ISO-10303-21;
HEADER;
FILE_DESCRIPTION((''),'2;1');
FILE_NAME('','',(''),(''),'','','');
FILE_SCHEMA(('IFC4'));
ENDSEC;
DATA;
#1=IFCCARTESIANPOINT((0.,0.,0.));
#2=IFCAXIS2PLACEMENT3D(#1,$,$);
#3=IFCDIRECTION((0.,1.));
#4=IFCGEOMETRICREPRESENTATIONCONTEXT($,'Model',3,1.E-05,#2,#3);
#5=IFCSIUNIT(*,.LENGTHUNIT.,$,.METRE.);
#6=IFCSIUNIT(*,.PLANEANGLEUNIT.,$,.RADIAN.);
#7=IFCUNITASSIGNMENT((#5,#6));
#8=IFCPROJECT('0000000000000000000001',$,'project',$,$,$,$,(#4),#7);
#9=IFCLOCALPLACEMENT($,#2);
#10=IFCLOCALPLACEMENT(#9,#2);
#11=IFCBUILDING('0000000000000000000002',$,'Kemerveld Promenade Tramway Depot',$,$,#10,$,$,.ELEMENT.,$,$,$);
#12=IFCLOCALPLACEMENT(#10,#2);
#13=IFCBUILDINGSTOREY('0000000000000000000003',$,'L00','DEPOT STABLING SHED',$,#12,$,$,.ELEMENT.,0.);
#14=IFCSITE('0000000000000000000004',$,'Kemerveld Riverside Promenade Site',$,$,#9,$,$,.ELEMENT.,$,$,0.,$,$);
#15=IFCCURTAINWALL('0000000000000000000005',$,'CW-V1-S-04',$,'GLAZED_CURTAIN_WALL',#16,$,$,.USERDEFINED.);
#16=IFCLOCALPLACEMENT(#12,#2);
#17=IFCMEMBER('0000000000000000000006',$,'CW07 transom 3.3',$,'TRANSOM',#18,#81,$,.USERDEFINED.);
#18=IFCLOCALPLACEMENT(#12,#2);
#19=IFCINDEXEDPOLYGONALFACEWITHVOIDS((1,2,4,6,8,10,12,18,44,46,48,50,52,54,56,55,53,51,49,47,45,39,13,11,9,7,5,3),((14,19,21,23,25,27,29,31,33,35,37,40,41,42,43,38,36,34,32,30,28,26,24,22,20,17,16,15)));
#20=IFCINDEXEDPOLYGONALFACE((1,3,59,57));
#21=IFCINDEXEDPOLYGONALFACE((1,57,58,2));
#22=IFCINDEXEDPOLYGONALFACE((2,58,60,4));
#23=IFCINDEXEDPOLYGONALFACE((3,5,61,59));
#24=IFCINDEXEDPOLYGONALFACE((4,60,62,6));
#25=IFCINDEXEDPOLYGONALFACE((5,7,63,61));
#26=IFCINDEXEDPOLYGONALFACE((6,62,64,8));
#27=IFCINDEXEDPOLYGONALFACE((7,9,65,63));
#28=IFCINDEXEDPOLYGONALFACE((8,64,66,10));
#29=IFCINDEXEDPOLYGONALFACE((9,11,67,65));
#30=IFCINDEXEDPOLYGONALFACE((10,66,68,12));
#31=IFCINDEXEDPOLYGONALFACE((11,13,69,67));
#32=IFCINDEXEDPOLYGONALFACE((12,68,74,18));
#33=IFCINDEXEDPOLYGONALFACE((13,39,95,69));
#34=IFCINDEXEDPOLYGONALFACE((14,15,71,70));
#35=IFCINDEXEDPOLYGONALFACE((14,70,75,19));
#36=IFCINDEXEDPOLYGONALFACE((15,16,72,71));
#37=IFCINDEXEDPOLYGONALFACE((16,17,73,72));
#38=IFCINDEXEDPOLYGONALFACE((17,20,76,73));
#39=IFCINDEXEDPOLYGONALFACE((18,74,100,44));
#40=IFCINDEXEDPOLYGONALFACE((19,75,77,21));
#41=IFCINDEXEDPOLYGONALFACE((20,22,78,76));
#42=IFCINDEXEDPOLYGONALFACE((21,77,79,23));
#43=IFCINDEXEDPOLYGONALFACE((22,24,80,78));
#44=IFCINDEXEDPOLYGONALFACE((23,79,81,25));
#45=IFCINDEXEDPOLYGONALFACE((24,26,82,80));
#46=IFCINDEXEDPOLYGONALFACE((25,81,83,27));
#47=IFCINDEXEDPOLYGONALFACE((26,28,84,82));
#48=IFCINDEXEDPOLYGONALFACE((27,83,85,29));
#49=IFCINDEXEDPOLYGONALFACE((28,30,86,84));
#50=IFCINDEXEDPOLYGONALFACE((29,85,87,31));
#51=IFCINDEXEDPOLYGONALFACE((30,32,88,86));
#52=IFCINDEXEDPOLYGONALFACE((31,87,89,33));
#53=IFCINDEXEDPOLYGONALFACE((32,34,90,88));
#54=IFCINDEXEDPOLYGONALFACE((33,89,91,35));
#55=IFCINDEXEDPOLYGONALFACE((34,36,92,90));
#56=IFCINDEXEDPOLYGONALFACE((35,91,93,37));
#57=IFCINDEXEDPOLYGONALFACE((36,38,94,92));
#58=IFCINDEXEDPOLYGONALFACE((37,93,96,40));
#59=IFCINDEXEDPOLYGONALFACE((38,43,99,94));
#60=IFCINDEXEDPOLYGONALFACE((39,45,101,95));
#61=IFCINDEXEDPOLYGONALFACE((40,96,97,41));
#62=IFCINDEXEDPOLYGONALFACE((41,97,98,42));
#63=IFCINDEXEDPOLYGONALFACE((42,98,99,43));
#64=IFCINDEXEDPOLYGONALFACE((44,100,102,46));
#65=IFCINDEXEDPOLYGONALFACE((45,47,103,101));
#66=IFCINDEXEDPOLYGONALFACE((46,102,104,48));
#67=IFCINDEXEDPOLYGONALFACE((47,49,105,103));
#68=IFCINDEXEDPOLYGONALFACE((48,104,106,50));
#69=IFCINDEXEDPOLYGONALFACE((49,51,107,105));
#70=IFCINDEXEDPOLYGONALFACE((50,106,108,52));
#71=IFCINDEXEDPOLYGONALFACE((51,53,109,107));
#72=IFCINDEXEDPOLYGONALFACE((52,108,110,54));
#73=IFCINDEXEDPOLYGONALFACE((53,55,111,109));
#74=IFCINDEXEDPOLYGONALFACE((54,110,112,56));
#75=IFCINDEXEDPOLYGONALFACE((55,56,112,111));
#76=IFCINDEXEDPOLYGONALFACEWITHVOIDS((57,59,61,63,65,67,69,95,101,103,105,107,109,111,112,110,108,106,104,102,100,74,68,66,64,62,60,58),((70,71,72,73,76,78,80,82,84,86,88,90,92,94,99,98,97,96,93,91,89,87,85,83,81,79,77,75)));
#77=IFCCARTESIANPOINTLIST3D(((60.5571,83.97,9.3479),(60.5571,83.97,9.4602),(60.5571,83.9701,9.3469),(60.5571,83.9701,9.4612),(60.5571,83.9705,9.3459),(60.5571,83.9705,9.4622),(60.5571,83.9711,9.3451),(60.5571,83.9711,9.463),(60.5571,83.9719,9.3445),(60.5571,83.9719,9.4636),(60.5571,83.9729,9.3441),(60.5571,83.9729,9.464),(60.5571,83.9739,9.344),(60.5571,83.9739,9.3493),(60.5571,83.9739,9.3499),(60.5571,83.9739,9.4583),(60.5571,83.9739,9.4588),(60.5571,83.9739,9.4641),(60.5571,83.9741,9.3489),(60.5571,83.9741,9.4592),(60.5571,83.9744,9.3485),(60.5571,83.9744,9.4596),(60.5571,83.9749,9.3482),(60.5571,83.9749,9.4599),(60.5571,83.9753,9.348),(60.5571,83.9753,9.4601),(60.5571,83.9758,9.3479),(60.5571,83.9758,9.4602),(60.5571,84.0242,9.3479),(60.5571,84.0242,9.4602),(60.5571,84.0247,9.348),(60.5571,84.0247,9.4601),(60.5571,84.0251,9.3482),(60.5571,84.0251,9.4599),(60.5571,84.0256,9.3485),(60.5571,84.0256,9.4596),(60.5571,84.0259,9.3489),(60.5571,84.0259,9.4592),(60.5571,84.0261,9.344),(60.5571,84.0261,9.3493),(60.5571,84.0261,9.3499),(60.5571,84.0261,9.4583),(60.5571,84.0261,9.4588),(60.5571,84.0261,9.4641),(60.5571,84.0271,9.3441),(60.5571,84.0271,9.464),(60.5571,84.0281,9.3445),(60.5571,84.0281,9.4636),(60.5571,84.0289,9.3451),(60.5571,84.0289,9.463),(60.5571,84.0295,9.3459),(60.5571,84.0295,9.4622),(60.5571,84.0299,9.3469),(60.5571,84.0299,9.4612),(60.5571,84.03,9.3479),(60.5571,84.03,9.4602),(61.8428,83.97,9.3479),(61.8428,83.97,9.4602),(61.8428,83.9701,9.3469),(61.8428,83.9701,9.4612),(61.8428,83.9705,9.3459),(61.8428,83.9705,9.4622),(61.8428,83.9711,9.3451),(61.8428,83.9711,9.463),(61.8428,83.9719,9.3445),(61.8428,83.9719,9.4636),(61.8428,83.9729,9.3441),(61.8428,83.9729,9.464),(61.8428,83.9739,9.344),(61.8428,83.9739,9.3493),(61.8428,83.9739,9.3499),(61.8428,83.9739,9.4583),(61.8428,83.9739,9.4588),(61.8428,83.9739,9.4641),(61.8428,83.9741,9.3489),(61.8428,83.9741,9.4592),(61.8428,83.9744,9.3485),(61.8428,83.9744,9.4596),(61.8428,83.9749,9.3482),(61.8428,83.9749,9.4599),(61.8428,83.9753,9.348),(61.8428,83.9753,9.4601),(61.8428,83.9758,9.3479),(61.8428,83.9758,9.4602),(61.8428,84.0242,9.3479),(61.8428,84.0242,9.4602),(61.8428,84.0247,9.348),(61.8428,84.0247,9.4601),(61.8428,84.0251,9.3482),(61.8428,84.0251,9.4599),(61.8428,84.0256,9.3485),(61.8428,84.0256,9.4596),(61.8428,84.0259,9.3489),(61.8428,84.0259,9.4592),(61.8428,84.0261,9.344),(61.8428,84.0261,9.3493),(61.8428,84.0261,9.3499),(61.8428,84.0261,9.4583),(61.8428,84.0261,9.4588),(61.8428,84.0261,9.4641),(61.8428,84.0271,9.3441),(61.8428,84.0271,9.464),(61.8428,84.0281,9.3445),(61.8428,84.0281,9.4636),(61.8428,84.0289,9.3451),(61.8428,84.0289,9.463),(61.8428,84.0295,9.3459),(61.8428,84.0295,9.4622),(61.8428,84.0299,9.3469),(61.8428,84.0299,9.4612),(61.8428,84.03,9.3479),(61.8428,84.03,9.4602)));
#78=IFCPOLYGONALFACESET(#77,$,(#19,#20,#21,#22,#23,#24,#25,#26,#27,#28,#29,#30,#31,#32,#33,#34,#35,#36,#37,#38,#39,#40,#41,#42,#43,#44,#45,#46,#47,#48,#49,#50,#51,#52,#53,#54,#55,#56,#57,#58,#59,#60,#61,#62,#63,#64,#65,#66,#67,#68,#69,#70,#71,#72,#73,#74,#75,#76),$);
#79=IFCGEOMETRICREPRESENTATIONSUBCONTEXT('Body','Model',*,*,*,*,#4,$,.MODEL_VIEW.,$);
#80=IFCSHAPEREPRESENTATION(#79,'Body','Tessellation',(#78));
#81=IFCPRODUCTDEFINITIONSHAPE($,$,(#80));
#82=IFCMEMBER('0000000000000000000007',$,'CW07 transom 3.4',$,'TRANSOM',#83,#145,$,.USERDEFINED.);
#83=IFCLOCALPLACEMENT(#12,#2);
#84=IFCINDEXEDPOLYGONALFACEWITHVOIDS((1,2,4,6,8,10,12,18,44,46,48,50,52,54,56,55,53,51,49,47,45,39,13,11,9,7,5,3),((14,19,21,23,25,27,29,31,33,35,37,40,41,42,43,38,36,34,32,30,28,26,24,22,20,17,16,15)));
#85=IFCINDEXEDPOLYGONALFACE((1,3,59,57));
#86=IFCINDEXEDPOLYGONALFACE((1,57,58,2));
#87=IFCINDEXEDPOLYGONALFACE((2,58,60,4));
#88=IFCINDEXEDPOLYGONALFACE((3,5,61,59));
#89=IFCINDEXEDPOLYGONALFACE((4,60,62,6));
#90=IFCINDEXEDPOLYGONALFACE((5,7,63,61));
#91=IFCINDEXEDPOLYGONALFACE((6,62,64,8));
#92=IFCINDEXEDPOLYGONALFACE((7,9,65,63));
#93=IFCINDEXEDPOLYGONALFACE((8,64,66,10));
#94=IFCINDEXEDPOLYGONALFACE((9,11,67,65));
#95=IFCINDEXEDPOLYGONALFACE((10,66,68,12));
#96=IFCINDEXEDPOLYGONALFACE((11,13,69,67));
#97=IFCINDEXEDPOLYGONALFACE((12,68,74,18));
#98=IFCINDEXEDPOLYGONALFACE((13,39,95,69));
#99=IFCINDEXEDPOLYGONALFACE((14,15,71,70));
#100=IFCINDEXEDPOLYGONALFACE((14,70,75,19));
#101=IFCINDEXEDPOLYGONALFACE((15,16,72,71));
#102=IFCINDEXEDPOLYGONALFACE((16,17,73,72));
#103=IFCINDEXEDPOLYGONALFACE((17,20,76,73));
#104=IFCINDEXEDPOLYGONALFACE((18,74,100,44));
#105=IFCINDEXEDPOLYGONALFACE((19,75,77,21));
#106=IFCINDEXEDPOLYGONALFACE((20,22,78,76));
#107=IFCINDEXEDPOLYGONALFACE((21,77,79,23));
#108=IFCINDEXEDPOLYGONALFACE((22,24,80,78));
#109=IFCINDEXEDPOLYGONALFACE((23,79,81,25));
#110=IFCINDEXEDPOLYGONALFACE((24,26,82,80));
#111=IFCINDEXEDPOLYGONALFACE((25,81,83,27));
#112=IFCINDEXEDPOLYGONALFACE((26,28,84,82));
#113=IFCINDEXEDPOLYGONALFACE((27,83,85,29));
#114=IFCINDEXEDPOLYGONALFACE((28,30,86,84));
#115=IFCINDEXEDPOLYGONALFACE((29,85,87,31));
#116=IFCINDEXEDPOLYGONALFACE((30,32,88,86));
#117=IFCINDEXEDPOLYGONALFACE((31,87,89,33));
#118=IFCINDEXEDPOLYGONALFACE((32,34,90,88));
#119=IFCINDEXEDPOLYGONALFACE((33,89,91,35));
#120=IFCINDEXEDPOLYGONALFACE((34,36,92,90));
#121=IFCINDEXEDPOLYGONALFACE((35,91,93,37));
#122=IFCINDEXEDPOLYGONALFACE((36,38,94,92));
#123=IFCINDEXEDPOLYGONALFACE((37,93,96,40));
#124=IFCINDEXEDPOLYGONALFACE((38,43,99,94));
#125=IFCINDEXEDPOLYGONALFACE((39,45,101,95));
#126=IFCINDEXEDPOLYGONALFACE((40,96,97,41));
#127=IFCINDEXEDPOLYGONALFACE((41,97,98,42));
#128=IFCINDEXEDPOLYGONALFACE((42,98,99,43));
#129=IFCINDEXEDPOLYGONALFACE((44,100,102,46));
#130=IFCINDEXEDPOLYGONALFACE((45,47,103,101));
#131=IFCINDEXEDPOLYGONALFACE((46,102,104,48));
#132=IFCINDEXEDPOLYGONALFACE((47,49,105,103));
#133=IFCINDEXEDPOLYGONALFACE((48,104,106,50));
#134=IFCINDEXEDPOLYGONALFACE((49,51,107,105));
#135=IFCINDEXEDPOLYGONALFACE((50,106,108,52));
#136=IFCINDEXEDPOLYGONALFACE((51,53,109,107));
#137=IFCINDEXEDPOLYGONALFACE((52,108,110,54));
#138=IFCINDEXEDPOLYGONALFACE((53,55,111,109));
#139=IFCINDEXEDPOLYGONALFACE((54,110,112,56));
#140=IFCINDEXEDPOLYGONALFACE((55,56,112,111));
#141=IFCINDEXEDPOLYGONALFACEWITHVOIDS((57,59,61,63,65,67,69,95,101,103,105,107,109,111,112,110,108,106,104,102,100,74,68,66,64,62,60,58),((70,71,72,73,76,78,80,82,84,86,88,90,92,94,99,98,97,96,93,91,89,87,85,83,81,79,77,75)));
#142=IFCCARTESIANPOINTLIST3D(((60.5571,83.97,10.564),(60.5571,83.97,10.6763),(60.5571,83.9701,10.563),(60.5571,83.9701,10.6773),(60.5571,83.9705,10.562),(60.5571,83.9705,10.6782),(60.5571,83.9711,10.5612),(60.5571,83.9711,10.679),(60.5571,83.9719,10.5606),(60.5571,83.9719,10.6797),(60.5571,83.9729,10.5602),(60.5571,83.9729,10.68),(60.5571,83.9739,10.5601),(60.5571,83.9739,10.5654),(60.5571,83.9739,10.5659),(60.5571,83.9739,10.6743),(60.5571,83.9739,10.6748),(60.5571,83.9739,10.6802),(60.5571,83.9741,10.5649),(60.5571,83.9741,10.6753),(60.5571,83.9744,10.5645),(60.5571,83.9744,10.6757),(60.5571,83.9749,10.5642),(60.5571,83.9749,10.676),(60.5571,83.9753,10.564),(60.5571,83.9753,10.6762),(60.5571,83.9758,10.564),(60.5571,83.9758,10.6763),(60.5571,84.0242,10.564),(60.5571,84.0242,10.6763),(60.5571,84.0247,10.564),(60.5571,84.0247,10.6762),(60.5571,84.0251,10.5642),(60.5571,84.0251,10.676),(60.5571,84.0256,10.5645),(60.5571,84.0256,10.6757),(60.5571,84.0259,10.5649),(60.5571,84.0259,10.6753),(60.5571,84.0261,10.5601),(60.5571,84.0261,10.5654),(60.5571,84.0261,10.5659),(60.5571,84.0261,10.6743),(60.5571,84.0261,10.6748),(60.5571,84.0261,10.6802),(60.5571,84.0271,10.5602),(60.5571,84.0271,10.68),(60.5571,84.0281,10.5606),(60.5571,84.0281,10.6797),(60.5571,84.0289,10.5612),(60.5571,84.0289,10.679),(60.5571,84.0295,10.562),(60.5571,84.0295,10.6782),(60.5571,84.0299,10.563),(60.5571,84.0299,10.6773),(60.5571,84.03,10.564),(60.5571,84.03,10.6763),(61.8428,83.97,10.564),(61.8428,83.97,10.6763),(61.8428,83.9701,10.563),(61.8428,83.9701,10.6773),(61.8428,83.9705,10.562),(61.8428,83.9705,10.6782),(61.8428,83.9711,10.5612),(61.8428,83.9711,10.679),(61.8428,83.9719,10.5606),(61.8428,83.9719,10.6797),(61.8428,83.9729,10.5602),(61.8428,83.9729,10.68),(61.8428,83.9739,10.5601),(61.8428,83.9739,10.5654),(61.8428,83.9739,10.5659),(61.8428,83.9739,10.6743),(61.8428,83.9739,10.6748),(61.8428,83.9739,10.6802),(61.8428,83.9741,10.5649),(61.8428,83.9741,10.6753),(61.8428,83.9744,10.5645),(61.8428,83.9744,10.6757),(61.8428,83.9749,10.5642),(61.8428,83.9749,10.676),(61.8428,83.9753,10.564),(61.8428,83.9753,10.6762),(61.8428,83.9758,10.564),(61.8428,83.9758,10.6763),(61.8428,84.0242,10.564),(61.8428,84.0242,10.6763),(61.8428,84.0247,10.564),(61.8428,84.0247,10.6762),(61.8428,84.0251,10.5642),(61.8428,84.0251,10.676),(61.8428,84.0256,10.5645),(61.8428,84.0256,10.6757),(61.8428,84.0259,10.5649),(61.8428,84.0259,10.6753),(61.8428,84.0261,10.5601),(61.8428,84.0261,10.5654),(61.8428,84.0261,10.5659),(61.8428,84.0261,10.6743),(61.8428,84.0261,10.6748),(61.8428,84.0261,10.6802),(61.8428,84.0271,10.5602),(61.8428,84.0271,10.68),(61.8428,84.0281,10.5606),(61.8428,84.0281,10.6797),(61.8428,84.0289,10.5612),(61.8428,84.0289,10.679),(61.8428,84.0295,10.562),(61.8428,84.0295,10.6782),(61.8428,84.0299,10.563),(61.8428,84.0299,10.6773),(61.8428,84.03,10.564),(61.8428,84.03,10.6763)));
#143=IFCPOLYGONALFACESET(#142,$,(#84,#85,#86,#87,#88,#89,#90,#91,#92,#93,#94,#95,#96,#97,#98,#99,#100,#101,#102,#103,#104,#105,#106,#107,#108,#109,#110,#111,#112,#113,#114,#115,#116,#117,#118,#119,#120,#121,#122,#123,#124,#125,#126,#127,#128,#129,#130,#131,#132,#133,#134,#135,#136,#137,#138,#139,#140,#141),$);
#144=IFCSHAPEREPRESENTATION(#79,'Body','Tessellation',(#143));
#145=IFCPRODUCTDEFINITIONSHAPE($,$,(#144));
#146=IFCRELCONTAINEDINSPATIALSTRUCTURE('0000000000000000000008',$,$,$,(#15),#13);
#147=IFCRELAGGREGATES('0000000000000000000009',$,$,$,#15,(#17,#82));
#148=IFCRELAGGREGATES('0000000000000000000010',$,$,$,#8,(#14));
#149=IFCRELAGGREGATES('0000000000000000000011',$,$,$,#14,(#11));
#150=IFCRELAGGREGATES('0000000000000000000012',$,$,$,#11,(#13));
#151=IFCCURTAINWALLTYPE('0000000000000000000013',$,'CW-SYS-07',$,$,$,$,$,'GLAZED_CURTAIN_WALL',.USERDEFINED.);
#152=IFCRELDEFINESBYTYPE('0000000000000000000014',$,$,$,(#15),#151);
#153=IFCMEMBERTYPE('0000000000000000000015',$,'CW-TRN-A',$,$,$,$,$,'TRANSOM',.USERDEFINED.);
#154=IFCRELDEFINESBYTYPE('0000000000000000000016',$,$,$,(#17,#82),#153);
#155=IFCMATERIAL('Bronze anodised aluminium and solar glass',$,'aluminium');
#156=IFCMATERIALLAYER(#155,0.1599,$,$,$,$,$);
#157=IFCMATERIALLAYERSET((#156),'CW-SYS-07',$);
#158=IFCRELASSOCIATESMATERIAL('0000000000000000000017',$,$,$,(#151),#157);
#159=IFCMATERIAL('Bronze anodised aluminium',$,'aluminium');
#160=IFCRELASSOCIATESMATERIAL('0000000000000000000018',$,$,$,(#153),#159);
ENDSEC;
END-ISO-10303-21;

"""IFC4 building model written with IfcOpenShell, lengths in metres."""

from ifc_helpers import new_model, si_unit, direction, frame, origin, origin_2d, place, context, subcontext, project, spatial, hollow_rectangle, extrude, material, layer, layer_set, material_profile, profile_set, type_object, element, aggregate, save


model = new_model("IFC4")

# Units and contexts
model_context = context("Model", 3, precision=1e-05, world=origin(), true_north=direction((0.0, 1.0)))
body_context = subcontext(model_context, "Body", "Model", "MODEL_VIEW")
ifc_project = project(units=[si_unit("LENGTHUNIT", "METRE"), si_unit("PLANEANGLEUNIT", "RADIAN")], contexts=[model_context])

# Site, building, storey
site_placement = place(None, origin())
site = spatial("IfcSite", under=ifc_project, at=site_placement, Name="Kemerveld Riverside Promenade Site", CompositionType="ELEMENT", RefElevation=0.0)
building_placement = place(site_placement, origin())
building = spatial("IfcBuilding", under=site, at=building_placement, Name="Kemerveld Promenade Tramway Depot", CompositionType="ELEMENT")
storey_placement = place(building_placement, origin())
storey = spatial("IfcBuildingStorey", under=building, at=storey_placement, Name="L00", Description="DEPOT STABLING SHED", CompositionType="ELEMENT", Elevation=0.0)

# Curtain wall, members
ifc_material_1 = material(Name="Bronze anodised aluminium and solar glass", Category="aluminium")
ifc_layer_1 = layer(ifc_material_1, 0.1599)
ifc_layer_set_1 = layer_set([ifc_layer_1], Name="CW-SYS-07")
curtain_wall_type_1 = type_object("IfcCurtainWallType", Name="CW-SYS-07", ElementType="GLAZED_CURTAIN_WALL", PredefinedType="USERDEFINED", material=ifc_layer_set_1)
curtain_wall_1_placement = place(storey_placement, origin())
curtain_wall_1 = element("IfcCurtainWall", 1, at=curtain_wall_1_placement, inside=storey, type_object=curtain_wall_type_1, Name="CW-V1-S-04", ObjectType="GLAZED_CURTAIN_WALL", PredefinedType="USERDEFINED")
ifc_material_2 = material(Name="Bronze anodised aluminium", Category="aluminium")
ifc_material_profile_1 = material_profile(ifc_material_2, hollow_rectangle(XDim=0.0601, YDim=0.1201, WallThickness=0.0039, InnerFilletRadius=0.002, OuterFilletRadius=0.0039, at=origin_2d()), Name="CW-TRN-120x60")
ifc_profile_set_1 = profile_set([ifc_material_profile_1], Name="Bronze anodised aluminium")
member_type_1 = type_object("IfcMemberType", Name="CW-TRN-A", ElementType="TRANSOM", PredefinedType="USERDEFINED", material=ifc_profile_set_1)
member_1_placement = place(storey_placement, frame((61.8428, 84.0, 9.4041), z_axis=(-1.0, 0.0, 0.0), x_axis=(0.0, -1.0, 0.0)))
member_1 = element("IfcMember", 2, at=member_1_placement, type_object=member_type_1, Name="CW07 transom 3.3", ObjectType="TRANSOM", PredefinedType="USERDEFINED", context=body_context, shape_type="SweptSolid", body=[
    extrude(hollow_rectangle(XDim=0.0601, YDim=0.1201, WallThickness=0.0039, InnerFilletRadius=0.002, OuterFilletRadius=0.0039, at=origin_2d()), origin(), (0.0, 0.0, 1.0), 1.2856),
])
member_2_placement = place(storey_placement, frame((61.8428, 84.0, 10.6201), z_axis=(-1.0, 0.0, 0.0), x_axis=(0.0, -1.0, 0.0)))
member_2 = element("IfcMember", 3, at=member_2_placement, type_object=member_type_1, Name="CW07 transom 3.4", ObjectType="TRANSOM", PredefinedType="USERDEFINED", context=body_context, shape_type="SweptSolid", body=[
    extrude(hollow_rectangle(XDim=0.0601, YDim=0.1201, WallThickness=0.0039, InnerFilletRadius=0.002, OuterFilletRadius=0.0039, at=origin_2d()), origin(), (0.0, 0.0, 1.0), 1.2856),
])

aggregate(curtain_wall_1, [member_1, member_2])

save(model, "model.ifc")
